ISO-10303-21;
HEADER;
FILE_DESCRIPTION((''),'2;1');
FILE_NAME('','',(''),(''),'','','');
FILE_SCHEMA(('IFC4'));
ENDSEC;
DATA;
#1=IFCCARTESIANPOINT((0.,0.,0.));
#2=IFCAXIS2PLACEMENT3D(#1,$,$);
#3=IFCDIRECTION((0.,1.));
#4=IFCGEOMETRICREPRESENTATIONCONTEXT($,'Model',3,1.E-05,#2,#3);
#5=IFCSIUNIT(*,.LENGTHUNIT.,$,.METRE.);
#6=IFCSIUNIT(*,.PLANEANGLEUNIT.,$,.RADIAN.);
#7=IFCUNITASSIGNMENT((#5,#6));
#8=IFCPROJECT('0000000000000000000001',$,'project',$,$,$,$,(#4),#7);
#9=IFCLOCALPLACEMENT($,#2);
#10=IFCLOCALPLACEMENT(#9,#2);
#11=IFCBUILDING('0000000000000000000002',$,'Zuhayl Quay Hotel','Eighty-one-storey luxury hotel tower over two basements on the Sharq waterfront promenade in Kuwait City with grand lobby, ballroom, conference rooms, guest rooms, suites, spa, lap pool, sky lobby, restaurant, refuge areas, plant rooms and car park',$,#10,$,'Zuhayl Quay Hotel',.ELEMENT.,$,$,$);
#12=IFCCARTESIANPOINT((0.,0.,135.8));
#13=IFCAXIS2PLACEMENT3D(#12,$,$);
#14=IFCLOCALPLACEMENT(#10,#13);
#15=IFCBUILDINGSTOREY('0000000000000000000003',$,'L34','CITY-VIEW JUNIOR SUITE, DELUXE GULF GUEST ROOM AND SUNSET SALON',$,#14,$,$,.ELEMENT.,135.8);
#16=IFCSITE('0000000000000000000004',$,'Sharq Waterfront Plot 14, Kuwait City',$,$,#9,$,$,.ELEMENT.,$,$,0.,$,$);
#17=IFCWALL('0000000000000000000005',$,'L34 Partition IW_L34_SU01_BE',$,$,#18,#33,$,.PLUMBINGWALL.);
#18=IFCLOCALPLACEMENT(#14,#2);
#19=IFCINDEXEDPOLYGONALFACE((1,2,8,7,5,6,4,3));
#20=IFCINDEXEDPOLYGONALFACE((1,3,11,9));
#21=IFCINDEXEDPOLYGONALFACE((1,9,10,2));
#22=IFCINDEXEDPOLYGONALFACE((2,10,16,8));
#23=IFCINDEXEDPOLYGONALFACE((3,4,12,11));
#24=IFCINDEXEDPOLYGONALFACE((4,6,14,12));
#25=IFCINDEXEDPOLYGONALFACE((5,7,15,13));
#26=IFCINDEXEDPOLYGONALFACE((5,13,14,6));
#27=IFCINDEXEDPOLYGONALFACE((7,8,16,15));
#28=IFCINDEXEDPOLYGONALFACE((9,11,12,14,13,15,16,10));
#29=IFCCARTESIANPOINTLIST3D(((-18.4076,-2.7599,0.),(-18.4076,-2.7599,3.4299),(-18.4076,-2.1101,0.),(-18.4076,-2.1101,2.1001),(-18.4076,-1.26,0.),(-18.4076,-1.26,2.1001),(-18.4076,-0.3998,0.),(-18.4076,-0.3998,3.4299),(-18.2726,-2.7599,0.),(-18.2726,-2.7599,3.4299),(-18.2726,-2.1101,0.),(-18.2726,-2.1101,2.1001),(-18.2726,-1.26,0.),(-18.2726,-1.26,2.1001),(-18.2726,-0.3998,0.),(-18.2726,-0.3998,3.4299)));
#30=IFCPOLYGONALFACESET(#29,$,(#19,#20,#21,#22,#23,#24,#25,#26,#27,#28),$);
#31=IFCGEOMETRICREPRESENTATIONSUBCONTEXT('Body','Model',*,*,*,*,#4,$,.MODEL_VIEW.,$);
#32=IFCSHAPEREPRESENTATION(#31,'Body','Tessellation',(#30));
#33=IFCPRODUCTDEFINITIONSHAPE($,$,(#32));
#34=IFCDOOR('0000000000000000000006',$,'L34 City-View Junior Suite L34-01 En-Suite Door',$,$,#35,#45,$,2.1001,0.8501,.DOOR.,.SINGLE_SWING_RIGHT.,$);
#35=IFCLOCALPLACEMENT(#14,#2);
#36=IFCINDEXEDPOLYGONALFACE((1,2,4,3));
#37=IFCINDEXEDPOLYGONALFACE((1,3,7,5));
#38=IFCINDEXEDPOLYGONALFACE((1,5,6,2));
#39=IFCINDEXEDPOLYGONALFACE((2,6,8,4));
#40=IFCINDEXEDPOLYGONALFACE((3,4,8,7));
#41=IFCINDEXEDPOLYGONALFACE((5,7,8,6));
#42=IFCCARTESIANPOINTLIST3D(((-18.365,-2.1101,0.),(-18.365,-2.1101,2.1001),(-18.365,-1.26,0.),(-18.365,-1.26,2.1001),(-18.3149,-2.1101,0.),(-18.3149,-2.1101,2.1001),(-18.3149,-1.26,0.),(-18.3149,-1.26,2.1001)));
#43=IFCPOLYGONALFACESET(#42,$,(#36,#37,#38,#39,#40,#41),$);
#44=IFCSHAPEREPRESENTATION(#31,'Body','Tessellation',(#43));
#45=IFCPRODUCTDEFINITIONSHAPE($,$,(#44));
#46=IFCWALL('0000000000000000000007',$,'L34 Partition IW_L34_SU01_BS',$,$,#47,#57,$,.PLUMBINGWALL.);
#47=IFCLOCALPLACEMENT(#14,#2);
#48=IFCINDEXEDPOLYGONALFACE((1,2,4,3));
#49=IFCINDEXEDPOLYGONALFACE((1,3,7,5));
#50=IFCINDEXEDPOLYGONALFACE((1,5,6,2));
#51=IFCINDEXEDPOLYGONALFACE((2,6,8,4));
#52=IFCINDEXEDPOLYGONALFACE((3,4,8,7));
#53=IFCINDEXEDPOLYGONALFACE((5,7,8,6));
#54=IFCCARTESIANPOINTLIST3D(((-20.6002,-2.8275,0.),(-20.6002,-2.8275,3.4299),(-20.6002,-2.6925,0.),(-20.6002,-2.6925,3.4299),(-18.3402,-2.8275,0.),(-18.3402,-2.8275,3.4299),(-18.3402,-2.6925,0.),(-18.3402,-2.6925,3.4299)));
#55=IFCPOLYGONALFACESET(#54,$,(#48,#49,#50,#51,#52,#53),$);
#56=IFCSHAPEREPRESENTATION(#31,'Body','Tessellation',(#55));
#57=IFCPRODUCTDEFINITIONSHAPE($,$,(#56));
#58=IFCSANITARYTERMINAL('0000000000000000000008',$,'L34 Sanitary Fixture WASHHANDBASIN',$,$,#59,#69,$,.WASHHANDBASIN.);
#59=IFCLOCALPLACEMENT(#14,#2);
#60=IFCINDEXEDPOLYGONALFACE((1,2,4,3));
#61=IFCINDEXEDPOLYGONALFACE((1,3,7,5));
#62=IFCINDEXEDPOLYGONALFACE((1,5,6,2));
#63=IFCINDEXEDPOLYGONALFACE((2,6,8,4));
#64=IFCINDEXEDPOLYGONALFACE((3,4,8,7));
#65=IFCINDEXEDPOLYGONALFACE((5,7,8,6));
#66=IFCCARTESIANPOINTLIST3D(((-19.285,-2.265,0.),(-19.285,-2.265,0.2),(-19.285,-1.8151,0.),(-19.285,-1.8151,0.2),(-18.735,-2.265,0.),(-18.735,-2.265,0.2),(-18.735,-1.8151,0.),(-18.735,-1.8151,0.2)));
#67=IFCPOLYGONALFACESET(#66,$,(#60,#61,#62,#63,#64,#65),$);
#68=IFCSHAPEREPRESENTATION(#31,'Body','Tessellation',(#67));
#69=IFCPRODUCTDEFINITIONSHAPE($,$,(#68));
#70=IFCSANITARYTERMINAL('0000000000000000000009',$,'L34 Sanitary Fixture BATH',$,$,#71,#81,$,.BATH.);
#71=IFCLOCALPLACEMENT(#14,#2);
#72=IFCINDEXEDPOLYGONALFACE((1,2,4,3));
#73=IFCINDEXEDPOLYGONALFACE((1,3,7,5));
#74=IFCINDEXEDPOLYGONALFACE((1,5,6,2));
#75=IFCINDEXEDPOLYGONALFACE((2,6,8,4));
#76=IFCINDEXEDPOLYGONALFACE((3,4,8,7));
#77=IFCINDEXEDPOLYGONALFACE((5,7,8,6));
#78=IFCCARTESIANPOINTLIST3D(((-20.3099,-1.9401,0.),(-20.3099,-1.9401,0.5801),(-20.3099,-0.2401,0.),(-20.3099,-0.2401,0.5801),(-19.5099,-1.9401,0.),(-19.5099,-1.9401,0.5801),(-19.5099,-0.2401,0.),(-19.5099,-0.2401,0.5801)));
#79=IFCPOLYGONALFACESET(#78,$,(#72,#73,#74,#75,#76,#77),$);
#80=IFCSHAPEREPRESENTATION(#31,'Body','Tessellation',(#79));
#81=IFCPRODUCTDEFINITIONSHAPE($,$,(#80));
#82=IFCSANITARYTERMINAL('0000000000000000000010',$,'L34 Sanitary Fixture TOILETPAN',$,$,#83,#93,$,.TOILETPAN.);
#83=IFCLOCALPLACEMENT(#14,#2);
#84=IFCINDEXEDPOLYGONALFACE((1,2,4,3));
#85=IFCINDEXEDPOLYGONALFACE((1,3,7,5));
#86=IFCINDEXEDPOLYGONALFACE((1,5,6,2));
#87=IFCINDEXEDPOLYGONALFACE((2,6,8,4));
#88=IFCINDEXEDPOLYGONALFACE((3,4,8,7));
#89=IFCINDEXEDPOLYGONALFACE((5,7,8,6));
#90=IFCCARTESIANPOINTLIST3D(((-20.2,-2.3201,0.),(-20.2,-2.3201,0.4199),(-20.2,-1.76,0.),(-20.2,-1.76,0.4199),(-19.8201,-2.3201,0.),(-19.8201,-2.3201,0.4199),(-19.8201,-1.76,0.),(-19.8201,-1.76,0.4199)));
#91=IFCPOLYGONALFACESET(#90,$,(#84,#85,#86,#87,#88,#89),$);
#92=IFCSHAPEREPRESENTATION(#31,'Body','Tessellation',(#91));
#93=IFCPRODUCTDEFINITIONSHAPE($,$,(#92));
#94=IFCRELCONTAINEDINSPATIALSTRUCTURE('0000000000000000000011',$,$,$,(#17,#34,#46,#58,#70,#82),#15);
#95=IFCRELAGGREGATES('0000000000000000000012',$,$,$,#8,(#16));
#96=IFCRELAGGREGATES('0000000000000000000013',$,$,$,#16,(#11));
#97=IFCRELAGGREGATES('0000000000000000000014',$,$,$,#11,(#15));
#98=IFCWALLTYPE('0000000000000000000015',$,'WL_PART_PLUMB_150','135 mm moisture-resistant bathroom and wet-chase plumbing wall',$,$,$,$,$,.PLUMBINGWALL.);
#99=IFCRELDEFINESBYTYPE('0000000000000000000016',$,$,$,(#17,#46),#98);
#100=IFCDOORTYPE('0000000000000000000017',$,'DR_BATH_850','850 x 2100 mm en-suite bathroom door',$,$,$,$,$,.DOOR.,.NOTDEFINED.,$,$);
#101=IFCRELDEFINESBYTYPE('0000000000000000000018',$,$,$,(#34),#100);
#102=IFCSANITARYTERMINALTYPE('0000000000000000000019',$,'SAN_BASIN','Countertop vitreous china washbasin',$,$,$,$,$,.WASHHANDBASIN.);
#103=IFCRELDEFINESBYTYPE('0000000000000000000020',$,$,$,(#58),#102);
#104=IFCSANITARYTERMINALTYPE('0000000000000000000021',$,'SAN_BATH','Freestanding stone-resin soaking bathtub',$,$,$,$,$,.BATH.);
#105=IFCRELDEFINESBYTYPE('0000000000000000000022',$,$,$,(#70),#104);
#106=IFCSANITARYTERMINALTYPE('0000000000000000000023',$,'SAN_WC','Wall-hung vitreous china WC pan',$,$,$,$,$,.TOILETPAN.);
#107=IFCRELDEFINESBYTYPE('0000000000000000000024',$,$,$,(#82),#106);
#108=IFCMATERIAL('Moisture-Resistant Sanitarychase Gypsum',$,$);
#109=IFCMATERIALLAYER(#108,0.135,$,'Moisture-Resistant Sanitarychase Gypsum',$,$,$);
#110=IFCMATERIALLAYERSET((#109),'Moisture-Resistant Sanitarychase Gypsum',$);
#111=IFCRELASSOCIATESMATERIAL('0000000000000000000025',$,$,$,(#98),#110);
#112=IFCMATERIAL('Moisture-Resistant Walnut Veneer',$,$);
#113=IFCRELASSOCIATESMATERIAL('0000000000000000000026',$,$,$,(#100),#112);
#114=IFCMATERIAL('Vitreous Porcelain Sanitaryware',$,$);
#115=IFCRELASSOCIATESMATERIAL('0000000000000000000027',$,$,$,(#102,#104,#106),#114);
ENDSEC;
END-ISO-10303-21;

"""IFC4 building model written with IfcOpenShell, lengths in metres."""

from ifc_helpers import new_model, si_unit, direction, frame, frame_2d, origin, origin_2d, place, context, subcontext, project, spatial, rectangle, extrude, material, layer, layer_set, type_object, element, fill, save


model = new_model("IFC4")

# Units and contexts
model_context = context("Model", 3, precision=1e-05, world=origin(), true_north=direction((0.0, 1.0)))
body_context = subcontext(model_context, "Body", "Model", "MODEL_VIEW")
ifc_project = project(units=[si_unit("LENGTHUNIT", "METRE"), si_unit("PLANEANGLEUNIT", "RADIAN")], contexts=[model_context])

# Site, building, storey
site_placement = place(None, origin())
site = spatial("IfcSite", under=ifc_project, at=site_placement, Name="Sharq Waterfront Plot 14, Kuwait City", CompositionType="ELEMENT", RefElevation=0.0)
building_placement = place(site_placement, origin())
building = spatial("IfcBuilding", under=site, at=building_placement, Name="Zuhayl Quay Hotel", Description="Eighty-one-storey luxury hotel tower over two basements on the Sharq waterfront promenade in Kuwait City with grand lobby, ballroom, conference rooms, guest rooms, suites, spa, lap pool, sky lobby, restaurant, refuge areas, plant rooms and car park", LongName="Zuhayl Quay Hotel", CompositionType="ELEMENT")
storey_placement = place(building_placement, frame((0.0, 0.0, 135.8)))
storey = spatial("IfcBuildingStorey", under=building, at=storey_placement, Name="L34", Description="CITY-VIEW JUNIOR SUITE, DELUXE GULF GUEST ROOM AND SUNSET SALON", CompositionType="ELEMENT", Elevation=135.8)

# Wall, opening, door
ifc_material_1 = material(Name="Moisture-Resistant Sanitarychase Gypsum")
ifc_layer_1 = layer(ifc_material_1, 0.135, Name="Moisture-Resistant Sanitarychase Gypsum")
ifc_layer_set_1 = layer_set([ifc_layer_1], Name="Moisture-Resistant Sanitarychase Gypsum")
wall_type_1 = type_object("IfcWallType", Name="WL_PART_PLUMB_150", Description="135 mm moisture-resistant bathroom and wet-chase plumbing wall", PredefinedType="PLUMBINGWALL", material=ifc_layer_set_1)
wall_1_placement = place(storey_placement, frame((-18.3401, -2.76, 0.0), z_axis=(0.0, 0.0, 1.0), x_axis=(0.0, 1.0, 0.0)))
wall_1 = element("IfcWall", 1, at=wall_1_placement, inside=storey, type_object=wall_type_1, Name="L34 Partition IW_L34_SU01_BE", PredefinedType="PLUMBINGWALL", context=body_context, shape_type="SweptSolid", body=[
    extrude(rectangle(XDim=2.3601, YDim=0.135, at=frame_2d((1.1802, 0.0))), origin(), (0.0, 0.0, 1.0), 3.4299),
])
opening_1_placement = place(wall_1_placement, frame((0.6499, 0.0, 0.0)))
opening_1 = element("IfcOpeningElement", 2, at=opening_1_placement, cuts=wall_1, PredefinedType="OPENING", context=body_context, shape_type="SweptSolid", body=[
    extrude(rectangle(XDim=0.8501, YDim=2.1001, at=frame_2d((0.425, 1.05))), frame((0.0, 0.0774, 0.0), z_axis=(0.0, -1.0, 0.0), x_axis=(1.0, 0.0, 0.0)), (0.0, 0.0, 1.0), 0.155),
])
ifc_material_2 = material(Name="Moisture-Resistant Walnut Veneer")
door_type_1 = type_object("IfcDoorType", Name="DR_BATH_850", Description="850 x 2100 mm en-suite bathroom door", OperationType="NOTDEFINED", PredefinedType="DOOR", material=ifc_material_2)
door_1_placement = place(opening_1_placement, origin())
door_1 = element("IfcDoor", 3, at=door_1_placement, inside=storey, type_object=door_type_1, Name="L34 City-View Junior Suite L34-01 En-Suite Door", OperationType="SINGLE_SWING_RIGHT", OverallHeight=2.1001, OverallWidth=0.8501, PredefinedType="DOOR", context=body_context, shape_type="SweptSolid", body=[
    extrude(rectangle(XDim=0.8501, YDim=2.1001, at=frame_2d((0.425, 1.05))), frame((0.0, 0.0249, 0.0), z_axis=(0.0, -1.0, 0.0), x_axis=(1.0, 0.0, 0.0)), (0.0, 0.0, 1.0), 0.05),
])
fill(opening_1, door_1)

# Wall
wall_2_placement = place(storey_placement, frame((-20.6001, -2.76, 0.0), z_axis=(0.0, 0.0, 1.0), x_axis=(1.0, 0.0, 0.0)))
element("IfcWall", 4, at=wall_2_placement, inside=storey, type_object=wall_type_1, Name="L34 Partition IW_L34_SU01_BS", PredefinedType="PLUMBINGWALL", context=body_context, shape_type="SweptSolid", body=[
    extrude(rectangle(XDim=2.26, YDim=0.135, at=frame_2d((1.1299, 0.0))), origin(), (0.0, 0.0, 1.0), 3.4299),
])

# Sanitary terminals
ifc_material_3 = material(Name="Vitreous Porcelain Sanitaryware")
sanitary_terminal_type_1 = type_object("IfcSanitaryTerminalType", Name="SAN_BASIN", Description="Countertop vitreous china washbasin", PredefinedType="WASHHANDBASIN", material=ifc_material_3)
sanitary_terminal_1_placement = place(storey_placement, frame((-19.01, -2.04, 0.0), z_axis=(0.0, 0.0, 1.0), x_axis=(1.0, 0.0, 0.0)))
element("IfcSanitaryTerminal", 5, at=sanitary_terminal_1_placement, inside=storey, type_object=sanitary_terminal_type_1, Name="L34 Sanitary Fixture WASHHANDBASIN", PredefinedType="WASHHANDBASIN", context=body_context, shape_type="SweptSolid", body=[
    extrude(rectangle(XDim=0.55, YDim=0.45, at=origin_2d()), origin(), (0.0, 0.0, 1.0), 0.2),
])
sanitary_terminal_type_2 = type_object("IfcSanitaryTerminalType", Name="SAN_BATH", Description="Freestanding stone-resin soaking bathtub", PredefinedType="BATH", material=ifc_material_3)
sanitary_terminal_2_placement = place(storey_placement, frame((-19.9099, -1.0901, 0.0), z_axis=(0.0, 0.0, 1.0), x_axis=(1.0, 0.0, 0.0)))
element("IfcSanitaryTerminal", 6, at=sanitary_terminal_2_placement, inside=storey, type_object=sanitary_terminal_type_2, Name="L34 Sanitary Fixture BATH", PredefinedType="BATH", context=body_context, shape_type="SweptSolid", body=[
    extrude(rectangle(XDim=0.8, YDim=1.7, at=origin_2d()), origin(), (0.0, 0.0, 1.0), 0.5801),
])
sanitary_terminal_type_3 = type_object("IfcSanitaryTerminalType", Name="SAN_WC", Description="Wall-hung vitreous china WC pan", PredefinedType="TOILETPAN", material=ifc_material_3)
sanitary_terminal_3_placement = place(storey_placement, frame((-20.01, -2.04, 0.0), z_axis=(0.0, 0.0, 1.0), x_axis=(1.0, 0.0, 0.0)))
element("IfcSanitaryTerminal", 7, at=sanitary_terminal_3_placement, inside=storey, type_object=sanitary_terminal_type_3, Name="L34 Sanitary Fixture TOILETPAN", PredefinedType="TOILETPAN", context=body_context, shape_type="SweptSolid", body=[
    extrude(rectangle(XDim=0.3799, YDim=0.5601, at=origin_2d()), origin(), (0.0, 0.0, 1.0), 0.4199),
])

save(model, "model.ifc")
